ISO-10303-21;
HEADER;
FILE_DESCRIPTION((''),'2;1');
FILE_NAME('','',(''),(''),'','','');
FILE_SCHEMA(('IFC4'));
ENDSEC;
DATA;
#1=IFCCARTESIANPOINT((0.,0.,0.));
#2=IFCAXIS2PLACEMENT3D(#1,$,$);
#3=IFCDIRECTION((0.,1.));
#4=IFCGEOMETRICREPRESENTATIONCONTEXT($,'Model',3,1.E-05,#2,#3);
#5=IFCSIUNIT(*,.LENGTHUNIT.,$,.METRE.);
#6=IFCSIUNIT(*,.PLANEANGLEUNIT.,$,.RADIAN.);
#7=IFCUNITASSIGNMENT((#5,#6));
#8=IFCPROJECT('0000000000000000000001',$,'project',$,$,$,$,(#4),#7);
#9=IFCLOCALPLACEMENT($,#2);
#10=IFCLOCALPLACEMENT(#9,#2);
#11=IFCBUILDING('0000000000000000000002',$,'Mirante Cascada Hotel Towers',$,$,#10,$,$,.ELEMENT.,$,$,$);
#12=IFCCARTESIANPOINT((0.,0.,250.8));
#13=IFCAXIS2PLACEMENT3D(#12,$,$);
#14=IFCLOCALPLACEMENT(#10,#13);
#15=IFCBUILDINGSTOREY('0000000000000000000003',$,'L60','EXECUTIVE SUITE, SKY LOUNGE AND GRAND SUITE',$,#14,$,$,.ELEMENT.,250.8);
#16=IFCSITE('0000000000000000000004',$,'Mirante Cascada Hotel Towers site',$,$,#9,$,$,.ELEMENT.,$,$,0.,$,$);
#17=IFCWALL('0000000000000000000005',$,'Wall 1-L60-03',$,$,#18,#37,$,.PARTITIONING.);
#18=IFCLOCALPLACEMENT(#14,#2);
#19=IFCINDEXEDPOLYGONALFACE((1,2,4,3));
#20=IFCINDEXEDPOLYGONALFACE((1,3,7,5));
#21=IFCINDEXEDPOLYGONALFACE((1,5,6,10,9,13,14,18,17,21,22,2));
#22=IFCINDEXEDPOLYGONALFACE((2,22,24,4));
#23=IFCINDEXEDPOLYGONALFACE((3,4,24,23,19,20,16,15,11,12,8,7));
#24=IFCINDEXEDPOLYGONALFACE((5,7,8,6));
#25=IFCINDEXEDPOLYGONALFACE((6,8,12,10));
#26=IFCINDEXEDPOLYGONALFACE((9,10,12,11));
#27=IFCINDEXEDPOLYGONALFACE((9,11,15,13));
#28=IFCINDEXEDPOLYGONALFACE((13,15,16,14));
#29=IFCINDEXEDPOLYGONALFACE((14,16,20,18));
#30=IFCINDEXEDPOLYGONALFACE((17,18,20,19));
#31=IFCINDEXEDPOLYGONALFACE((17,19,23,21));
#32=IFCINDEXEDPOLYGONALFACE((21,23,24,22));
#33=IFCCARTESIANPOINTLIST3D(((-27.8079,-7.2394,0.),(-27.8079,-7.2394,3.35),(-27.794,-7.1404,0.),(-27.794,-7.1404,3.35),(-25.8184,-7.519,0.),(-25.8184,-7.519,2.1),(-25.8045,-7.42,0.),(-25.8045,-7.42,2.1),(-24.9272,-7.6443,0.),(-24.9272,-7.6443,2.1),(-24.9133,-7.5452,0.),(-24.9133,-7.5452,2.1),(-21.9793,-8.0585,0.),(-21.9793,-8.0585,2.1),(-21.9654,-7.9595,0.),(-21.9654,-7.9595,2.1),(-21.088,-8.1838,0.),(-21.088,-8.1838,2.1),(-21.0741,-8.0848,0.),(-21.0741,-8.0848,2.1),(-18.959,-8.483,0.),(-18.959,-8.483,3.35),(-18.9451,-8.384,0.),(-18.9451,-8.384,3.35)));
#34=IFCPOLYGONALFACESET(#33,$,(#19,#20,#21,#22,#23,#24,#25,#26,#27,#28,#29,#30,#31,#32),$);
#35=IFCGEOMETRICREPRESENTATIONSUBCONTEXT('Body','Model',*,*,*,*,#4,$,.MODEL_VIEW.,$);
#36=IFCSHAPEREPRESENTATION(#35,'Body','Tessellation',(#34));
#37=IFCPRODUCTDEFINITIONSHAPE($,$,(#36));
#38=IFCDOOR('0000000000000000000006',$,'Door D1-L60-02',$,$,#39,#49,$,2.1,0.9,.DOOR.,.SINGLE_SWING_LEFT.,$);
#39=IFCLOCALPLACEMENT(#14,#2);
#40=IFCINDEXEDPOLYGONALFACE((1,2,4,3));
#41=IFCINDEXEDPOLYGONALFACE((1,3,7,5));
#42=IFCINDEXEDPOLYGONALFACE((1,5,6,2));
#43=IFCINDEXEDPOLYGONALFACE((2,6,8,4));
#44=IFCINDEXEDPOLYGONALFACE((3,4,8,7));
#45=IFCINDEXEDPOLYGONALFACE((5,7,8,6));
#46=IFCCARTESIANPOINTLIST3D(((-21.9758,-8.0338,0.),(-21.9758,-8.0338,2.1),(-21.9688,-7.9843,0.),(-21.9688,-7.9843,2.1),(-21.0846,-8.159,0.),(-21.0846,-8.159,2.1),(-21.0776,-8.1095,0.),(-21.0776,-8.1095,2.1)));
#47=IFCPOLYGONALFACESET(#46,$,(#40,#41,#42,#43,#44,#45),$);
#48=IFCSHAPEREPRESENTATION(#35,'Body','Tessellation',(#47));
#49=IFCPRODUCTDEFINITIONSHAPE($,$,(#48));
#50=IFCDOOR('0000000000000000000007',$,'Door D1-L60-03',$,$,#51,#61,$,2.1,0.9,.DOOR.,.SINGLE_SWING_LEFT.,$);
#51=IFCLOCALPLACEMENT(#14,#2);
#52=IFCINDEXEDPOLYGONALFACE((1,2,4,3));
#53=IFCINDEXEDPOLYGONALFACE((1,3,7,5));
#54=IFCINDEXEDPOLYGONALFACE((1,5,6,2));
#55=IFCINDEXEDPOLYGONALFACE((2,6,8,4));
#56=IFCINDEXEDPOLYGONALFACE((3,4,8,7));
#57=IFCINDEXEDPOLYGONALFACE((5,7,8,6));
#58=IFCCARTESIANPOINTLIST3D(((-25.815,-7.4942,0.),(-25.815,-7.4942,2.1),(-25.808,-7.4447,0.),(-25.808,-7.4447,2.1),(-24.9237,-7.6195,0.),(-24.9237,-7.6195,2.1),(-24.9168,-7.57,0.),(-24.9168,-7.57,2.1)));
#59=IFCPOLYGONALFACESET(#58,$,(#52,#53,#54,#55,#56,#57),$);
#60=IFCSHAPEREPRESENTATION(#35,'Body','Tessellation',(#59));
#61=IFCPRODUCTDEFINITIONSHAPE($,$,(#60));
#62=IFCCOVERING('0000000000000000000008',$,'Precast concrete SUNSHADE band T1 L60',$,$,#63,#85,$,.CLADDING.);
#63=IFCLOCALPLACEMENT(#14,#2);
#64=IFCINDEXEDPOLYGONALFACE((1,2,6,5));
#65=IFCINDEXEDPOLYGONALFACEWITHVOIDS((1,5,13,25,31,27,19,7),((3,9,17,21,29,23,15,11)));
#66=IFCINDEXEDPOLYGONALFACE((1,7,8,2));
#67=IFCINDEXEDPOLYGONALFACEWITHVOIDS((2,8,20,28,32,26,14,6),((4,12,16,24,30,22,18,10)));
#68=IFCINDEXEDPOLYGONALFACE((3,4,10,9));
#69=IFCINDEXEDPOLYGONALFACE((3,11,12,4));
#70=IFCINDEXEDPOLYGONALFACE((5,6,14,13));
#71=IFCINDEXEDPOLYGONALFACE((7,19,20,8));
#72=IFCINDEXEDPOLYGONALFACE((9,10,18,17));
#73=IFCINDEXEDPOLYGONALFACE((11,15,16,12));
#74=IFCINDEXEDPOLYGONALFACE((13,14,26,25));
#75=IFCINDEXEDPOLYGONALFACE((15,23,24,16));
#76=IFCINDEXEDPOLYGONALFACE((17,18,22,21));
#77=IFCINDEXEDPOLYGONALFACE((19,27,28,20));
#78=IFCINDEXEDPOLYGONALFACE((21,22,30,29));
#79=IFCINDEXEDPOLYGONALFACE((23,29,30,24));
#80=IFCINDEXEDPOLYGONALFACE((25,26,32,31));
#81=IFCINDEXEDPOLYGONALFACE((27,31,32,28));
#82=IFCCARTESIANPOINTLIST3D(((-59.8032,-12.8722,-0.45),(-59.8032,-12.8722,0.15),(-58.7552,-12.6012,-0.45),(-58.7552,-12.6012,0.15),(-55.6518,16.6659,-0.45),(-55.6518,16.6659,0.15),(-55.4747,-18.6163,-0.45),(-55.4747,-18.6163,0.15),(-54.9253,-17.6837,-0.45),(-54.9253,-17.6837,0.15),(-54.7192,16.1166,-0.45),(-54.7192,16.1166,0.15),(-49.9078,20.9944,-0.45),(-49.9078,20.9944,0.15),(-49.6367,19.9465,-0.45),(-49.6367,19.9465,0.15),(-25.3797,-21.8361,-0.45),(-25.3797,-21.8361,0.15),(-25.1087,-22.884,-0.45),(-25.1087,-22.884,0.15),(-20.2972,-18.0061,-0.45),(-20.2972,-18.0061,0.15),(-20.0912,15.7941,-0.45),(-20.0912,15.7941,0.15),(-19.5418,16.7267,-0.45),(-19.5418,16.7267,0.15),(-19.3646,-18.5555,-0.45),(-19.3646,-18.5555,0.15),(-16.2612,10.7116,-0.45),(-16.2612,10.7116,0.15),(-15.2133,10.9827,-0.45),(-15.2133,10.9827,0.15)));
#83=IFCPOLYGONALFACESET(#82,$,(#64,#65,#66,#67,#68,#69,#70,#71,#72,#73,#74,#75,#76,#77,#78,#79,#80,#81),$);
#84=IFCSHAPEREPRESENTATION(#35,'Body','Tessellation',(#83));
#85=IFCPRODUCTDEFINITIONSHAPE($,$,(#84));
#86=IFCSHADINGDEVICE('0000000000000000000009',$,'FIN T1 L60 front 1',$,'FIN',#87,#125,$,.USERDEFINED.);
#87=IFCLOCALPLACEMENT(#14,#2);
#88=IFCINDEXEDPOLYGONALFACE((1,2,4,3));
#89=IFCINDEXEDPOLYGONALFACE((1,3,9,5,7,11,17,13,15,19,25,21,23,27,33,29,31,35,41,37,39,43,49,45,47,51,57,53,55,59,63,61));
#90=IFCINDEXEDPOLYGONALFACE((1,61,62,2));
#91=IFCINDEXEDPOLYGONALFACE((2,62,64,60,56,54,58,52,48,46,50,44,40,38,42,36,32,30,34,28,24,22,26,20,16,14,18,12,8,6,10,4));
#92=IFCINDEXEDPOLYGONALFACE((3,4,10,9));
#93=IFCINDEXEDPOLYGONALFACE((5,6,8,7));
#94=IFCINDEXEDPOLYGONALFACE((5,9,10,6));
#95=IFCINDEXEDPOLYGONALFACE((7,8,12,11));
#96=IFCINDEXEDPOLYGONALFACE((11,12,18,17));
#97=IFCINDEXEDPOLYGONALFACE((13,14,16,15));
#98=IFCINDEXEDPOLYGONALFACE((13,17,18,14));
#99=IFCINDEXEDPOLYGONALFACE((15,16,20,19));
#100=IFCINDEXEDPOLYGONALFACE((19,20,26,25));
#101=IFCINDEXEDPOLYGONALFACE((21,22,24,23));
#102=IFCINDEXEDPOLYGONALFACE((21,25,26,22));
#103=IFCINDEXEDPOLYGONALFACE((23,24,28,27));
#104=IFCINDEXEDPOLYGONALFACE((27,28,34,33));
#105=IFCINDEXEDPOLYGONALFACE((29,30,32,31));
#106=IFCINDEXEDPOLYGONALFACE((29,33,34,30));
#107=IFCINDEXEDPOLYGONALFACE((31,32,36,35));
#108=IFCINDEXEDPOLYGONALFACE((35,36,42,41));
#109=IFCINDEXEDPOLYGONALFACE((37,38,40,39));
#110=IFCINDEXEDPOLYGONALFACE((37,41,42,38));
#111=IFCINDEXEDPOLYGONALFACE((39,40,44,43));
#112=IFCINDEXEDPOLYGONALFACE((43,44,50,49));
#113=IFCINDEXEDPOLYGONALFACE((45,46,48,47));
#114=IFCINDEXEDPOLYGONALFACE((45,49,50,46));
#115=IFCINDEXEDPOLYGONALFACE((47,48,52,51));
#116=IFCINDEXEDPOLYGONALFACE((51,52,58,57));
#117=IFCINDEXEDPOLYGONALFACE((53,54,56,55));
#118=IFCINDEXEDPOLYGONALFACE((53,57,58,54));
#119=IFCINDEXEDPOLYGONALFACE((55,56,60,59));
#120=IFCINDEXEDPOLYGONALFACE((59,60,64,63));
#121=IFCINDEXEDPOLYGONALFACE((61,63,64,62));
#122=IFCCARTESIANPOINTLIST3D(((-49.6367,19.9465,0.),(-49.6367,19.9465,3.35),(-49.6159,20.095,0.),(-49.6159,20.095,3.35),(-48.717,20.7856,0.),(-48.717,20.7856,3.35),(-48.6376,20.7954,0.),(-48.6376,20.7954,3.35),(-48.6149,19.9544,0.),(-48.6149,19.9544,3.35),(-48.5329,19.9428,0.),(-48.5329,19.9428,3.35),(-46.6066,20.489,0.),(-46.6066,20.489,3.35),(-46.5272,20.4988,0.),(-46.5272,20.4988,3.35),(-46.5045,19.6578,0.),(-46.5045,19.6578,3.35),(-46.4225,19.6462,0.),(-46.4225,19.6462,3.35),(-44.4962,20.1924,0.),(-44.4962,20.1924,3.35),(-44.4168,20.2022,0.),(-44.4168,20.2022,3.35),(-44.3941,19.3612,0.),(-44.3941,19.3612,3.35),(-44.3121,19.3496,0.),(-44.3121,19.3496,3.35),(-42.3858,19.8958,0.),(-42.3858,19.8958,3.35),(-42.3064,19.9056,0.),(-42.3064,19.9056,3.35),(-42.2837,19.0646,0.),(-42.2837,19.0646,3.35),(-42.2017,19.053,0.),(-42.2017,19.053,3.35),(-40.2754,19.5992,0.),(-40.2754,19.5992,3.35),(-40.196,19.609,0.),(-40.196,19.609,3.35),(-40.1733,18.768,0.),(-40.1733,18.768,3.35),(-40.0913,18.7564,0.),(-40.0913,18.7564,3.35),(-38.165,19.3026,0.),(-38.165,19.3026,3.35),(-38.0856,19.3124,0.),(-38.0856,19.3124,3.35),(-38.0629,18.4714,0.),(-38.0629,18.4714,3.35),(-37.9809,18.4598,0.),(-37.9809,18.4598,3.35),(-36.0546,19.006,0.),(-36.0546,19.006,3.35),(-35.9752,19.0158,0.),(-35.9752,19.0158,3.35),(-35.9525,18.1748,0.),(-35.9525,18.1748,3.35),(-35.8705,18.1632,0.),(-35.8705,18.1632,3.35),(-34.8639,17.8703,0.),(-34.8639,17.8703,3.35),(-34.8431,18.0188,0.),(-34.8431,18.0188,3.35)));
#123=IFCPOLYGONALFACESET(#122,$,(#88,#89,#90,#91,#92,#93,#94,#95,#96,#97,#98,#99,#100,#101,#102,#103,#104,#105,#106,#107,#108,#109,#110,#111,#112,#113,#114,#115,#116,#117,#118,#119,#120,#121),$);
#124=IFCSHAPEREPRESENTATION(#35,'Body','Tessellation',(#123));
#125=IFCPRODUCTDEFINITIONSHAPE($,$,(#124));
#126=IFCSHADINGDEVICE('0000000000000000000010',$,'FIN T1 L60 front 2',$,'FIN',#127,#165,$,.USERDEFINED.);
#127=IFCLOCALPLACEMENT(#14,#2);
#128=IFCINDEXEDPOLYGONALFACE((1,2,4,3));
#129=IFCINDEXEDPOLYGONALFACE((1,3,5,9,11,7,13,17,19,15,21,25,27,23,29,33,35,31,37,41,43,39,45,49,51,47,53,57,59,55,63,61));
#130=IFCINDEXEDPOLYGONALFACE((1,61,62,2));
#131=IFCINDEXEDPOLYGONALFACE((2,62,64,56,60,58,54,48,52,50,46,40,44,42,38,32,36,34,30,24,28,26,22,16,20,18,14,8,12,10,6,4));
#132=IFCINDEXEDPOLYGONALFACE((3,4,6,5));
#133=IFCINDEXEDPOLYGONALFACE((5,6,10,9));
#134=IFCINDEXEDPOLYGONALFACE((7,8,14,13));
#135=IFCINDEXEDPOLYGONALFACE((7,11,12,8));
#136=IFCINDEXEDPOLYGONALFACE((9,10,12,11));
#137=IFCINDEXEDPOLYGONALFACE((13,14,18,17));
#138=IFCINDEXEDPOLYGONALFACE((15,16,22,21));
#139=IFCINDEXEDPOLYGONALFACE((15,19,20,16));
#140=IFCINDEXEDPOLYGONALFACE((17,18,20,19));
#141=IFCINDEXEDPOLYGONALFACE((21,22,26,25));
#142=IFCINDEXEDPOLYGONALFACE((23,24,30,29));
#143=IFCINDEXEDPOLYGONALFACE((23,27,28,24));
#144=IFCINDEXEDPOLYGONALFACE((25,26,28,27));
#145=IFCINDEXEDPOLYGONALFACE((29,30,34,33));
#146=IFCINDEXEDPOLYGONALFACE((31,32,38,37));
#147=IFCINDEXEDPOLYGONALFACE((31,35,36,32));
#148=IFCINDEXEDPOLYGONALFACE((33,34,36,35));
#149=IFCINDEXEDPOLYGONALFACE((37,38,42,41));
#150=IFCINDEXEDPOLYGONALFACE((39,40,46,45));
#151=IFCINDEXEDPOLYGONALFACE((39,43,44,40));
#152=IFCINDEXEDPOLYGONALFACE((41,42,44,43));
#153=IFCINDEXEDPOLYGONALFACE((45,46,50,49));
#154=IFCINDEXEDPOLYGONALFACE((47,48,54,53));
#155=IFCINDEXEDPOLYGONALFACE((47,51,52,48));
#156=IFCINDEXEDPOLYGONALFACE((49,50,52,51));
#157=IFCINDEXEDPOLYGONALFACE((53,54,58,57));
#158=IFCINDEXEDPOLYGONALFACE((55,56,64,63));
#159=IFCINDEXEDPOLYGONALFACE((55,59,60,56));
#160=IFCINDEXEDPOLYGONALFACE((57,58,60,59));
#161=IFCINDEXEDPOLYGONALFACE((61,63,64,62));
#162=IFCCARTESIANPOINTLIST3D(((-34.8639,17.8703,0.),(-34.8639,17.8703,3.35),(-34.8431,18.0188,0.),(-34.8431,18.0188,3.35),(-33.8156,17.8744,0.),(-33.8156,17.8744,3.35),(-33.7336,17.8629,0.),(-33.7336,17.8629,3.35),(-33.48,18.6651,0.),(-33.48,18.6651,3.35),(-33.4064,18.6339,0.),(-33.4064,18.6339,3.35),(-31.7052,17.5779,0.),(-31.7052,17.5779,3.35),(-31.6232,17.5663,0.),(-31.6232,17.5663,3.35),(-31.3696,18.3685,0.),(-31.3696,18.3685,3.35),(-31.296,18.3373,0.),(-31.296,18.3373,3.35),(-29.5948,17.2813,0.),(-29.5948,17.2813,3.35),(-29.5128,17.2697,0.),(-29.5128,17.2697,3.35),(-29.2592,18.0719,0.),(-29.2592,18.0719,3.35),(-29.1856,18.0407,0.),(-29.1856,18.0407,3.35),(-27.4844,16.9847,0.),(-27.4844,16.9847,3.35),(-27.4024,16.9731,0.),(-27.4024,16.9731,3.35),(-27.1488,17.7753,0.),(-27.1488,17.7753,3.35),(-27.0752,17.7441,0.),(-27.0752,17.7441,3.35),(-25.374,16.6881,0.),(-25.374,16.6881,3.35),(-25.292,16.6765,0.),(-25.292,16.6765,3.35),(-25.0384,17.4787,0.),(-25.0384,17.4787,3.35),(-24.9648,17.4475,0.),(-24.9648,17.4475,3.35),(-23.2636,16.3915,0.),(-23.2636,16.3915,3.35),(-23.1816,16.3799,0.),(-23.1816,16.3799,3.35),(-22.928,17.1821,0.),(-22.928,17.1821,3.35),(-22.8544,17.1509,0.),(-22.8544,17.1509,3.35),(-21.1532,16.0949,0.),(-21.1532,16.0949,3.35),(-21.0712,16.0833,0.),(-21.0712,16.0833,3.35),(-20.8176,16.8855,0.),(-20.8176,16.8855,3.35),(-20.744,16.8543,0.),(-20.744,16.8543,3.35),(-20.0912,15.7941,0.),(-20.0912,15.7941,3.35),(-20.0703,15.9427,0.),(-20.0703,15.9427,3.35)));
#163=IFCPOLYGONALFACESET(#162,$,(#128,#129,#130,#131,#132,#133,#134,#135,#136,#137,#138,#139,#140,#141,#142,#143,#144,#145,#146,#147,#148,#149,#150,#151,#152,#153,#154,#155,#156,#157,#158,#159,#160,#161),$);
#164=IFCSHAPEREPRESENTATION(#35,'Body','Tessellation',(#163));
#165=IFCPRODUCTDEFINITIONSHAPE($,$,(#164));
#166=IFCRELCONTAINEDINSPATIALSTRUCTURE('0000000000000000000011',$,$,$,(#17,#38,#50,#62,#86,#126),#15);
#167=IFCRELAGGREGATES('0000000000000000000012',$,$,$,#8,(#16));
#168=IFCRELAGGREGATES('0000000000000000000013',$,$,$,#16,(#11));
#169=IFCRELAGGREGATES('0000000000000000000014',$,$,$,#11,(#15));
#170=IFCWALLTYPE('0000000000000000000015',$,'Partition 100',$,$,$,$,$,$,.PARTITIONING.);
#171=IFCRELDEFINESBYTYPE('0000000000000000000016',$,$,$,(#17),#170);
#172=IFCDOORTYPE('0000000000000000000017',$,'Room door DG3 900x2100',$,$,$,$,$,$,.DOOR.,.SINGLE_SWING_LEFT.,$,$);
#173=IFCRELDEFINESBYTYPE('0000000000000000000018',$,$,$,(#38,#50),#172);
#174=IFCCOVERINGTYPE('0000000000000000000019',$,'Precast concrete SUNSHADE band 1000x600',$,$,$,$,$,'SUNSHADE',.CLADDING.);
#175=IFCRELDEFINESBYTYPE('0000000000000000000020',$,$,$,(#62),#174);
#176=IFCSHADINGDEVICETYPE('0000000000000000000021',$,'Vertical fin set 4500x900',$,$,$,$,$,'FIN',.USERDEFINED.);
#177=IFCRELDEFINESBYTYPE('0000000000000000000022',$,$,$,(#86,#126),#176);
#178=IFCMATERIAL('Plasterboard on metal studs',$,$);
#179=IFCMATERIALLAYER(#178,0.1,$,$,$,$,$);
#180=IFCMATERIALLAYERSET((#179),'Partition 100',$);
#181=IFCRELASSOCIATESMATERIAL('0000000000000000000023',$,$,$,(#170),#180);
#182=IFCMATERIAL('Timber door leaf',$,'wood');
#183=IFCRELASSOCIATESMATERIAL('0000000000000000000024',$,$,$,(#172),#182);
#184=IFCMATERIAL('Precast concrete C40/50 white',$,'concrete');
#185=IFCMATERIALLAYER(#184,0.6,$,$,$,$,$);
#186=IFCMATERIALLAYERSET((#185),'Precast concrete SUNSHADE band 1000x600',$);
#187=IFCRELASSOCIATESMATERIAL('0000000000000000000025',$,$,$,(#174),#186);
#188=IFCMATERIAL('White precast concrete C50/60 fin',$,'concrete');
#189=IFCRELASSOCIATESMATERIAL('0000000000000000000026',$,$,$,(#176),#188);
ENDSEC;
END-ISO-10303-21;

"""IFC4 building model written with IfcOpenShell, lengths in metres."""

from ifc_helpers import new_model, si_unit, direction, frame, frame_2d, origin, place, context, subcontext, project, spatial, polyline, rectangle, outline, extrude, material, layer, layer_set, type_object, element, fill, save


model = new_model("IFC4")

# Units and contexts
model_context = context("Model", 3, precision=1e-05, world=origin(), true_north=direction((0.0, 1.0)))
body_context = subcontext(model_context, "Body", "Model", "MODEL_VIEW")
ifc_project = project(units=[si_unit("LENGTHUNIT", "METRE"), si_unit("PLANEANGLEUNIT", "RADIAN")], contexts=[model_context])

# Site, building, storey
site_placement = place(None, origin())
site = spatial("IfcSite", under=ifc_project, at=site_placement, Name="Mirante Cascada Hotel Towers site", CompositionType="ELEMENT", RefElevation=0.0)
building_placement = place(site_placement, origin())
building = spatial("IfcBuilding", under=site, at=building_placement, Name="Mirante Cascada Hotel Towers", CompositionType="ELEMENT")
storey_placement = place(building_placement, frame((0.0, 0.0, 250.8)))
storey = spatial("IfcBuildingStorey", under=building, at=storey_placement, Name="L60", Description="EXECUTIVE SUITE, SKY LOUNGE AND GRAND SUITE", CompositionType="ELEMENT", Elevation=250.8)

# Shared definitions
ifc_material_1 = material(Name="Plasterboard on metal studs")
ifc_layer_1 = layer(ifc_material_1, 0.1)
ifc_layer_set_1 = layer_set([ifc_layer_1], Name="Partition 100")
wall_type_1 = type_object("IfcWallType", Name="Partition 100", PredefinedType="PARTITIONING", material=ifc_layer_set_1)

# Wall, openings, doors
wall_1_placement = place(storey_placement, frame((-18.952, -8.4335, 0.0), z_axis=(0.0, 0.0, 1.0), x_axis=(-0.990269, 0.13917, 0.0)))
wall_1 = element("IfcWall", 1, at=wall_1_placement, inside=storey, type_object=wall_type_1, Name="Wall 1-L60-03", PredefinedType="PARTITIONING", context=body_context, shape_type="SweptSolid", body=[
    extrude(rectangle(XDim=8.9359, YDim=0.1, at=frame_2d((4.468, 0.0))), origin(), (0.0, 0.0, 1.0), 3.35),
])
opening_1_placement = place(wall_1_placement, frame((2.15, 0.0, 0.0)))
opening_1 = element("IfcOpeningElement", 2, at=opening_1_placement, cuts=wall_1, PredefinedType="OPENING", context=body_context, shape_type="SweptSolid", body=[
    extrude(rectangle(XDim=0.9, YDim=2.1, at=frame_2d((0.45, 1.05))), frame((0.0, 0.05, 0.0), z_axis=(0.0, -1.0, 0.0), x_axis=(1.0, 0.0, 0.0)), (0.0, 0.0, 1.0), 0.1),
])
opening_2_placement = place(wall_1_placement, frame((6.0269, 0.0, 0.0)))
opening_2 = element("IfcOpeningElement", 3, at=opening_2_placement, cuts=wall_1, PredefinedType="OPENING", context=body_context, shape_type="SweptSolid", body=[
    extrude(rectangle(XDim=0.9, YDim=2.1, at=frame_2d((0.45, 1.05))), frame((0.0, 0.05, 0.0), z_axis=(0.0, -1.0, 0.0), x_axis=(1.0, 0.0, 0.0)), (0.0, 0.0, 1.0), 0.1),
])
ifc_material_2 = material(Name="Timber door leaf", Category="wood")
door_type = type_object("IfcDoorType", Name="Room door DG3 900x2100", OperationType="SINGLE_SWING_LEFT", PredefinedType="DOOR", material=ifc_material_2)
door_1_placement = place(opening_1_placement, origin())
door_1 = element("IfcDoor", 4, at=door_1_placement, inside=storey, type_object=door_type, Name="Door D1-L60-02", OperationType="SINGLE_SWING_LEFT", OverallHeight=2.1, OverallWidth=0.9, PredefinedType="DOOR", context=body_context, shape_type="SweptSolid", body=[
    extrude(rectangle(XDim=0.9, YDim=2.1, at=frame_2d((0.45, 1.05))), frame((0.0, 0.025, 0.0), z_axis=(0.0, -1.0, 0.0), x_axis=(1.0, 0.0, 0.0)), (0.0, 0.0, 1.0), 0.05),
])
fill(opening_1, door_1)
door_2_placement = place(opening_2_placement, origin())
door_2 = element("IfcDoor", 5, at=door_2_placement, inside=storey, type_object=door_type, Name="Door D1-L60-03", OperationType="SINGLE_SWING_LEFT", OverallHeight=2.1, OverallWidth=0.9, PredefinedType="DOOR", context=body_context, shape_type="SweptSolid", body=[
    extrude(rectangle(XDim=0.9, YDim=2.1, at=frame_2d((0.45, 1.05))), frame((0.0, 0.025, 0.0), z_axis=(0.0, -1.0, 0.0), x_axis=(1.0, 0.0, 0.0)), (0.0, 0.0, 1.0), 0.05),
])
fill(opening_2, door_2)

# Covering
ifc_material_3 = material(Name="Precast concrete C40/50 white", Category="concrete")
ifc_layer_2 = layer(ifc_material_3, 0.6)
ifc_layer_set_2 = layer_set([ifc_layer_2], Name="Precast concrete SUNSHADE band 1000x600")
covering_type = type_object("IfcCoveringType", Name="Precast concrete SUNSHADE band 1000x600", ElementType="SUNSHADE", PredefinedType="CLADDING", material=ifc_layer_set_2)
covering_placement = place(storey_placement, frame((0.0, 0.0, -0.45)))
element("IfcCovering", 6, at=covering_placement, inside=storey, type_object=covering_type, Name="Precast concrete SUNSHADE band T1 L60", PredefinedType="CLADDING", context=body_context, shape_type="SweptSolid", body=[
    extrude(outline(polyline([(-59.8032, -12.8722), (-55.6518, 16.6659), (-49.9078, 20.9944), (-19.5418, 16.7267), (-15.2133, 10.9827), (-19.3646, -18.5555), (-25.1087, -22.884), (-55.4747, -18.6163), (-59.8032, -12.8722)]), holes=[polyline([(-16.2612, 10.7116), (-20.0912, 15.7941), (-49.6367, 19.9465), (-54.7192, 16.1166), (-58.7552, -12.6012), (-54.9253, -17.6837), (-25.3797, -21.8361), (-20.2972, -18.0061), (-16.2612, 10.7116)])]), origin(), (0.0, 0.0, 1.0), 0.6),
])

# Shading devices
ifc_material_4 = material(Name="White precast concrete C50/60 fin", Category="concrete")
shading_device_type = type_object("IfcShadingDeviceType", Name="Vertical fin set 4500x900", ElementType="FIN", PredefinedType="USERDEFINED", material=ifc_material_4)
shading_device_1_placement = place(storey_placement, origin())
element("IfcShadingDevice", 7, at=shading_device_1_placement, inside=storey, type_object=shading_device_type, Name="FIN T1 L60 front 1", ObjectType="FIN", PredefinedType="USERDEFINED", context=body_context, shape_type="SweptSolid", body=[
    extrude(outline(polyline([(-35.8705, 18.1632), (-34.8431, 18.0188), (-34.8639, 17.8703), (-49.6367, 19.9465), (-49.6159, 20.095), (-48.6149, 19.9544), (-48.717, 20.7856), (-48.6376, 20.7954), (-48.5329, 19.9428), (-46.5045, 19.6578), (-46.6066, 20.489), (-46.5272, 20.4988), (-46.4225, 19.6462), (-44.3941, 19.3612), (-44.4962, 20.1924), (-44.4168, 20.2022), (-44.3121, 19.3496), (-42.2837, 19.0646), (-42.3858, 19.8958), (-42.3064, 19.9056), (-42.2017, 19.053), (-40.1733, 18.768), (-40.2754, 19.5992), (-40.196, 19.609), (-40.0913, 18.7564), (-38.0629, 18.4714), (-38.165, 19.3026), (-38.0856, 19.3124), (-37.9809, 18.4598), (-35.9525, 18.1748), (-36.0546, 19.006), (-35.9752, 19.0158), (-35.8705, 18.1632)])), origin(), (0.0, 0.0, 1.0), 3.35),
])
shading_device_2_placement = place(storey_placement, origin())
element("IfcShadingDevice", 8, at=shading_device_2_placement, inside=storey, type_object=shading_device_type, Name="FIN T1 L60 front 2", ObjectType="FIN", PredefinedType="USERDEFINED", context=body_context, shape_type="SweptSolid", body=[
    extrude(outline(polyline([(-21.0712, 16.0833), (-20.0703, 15.9427), (-20.0912, 15.7941), (-34.8639, 17.8703), (-34.8431, 18.0188), (-33.8156, 17.8744), (-33.48, 18.6651), (-33.4064, 18.6339), (-33.7336, 17.8629), (-31.7052, 17.5779), (-31.3696, 18.3685), (-31.296, 18.3373), (-31.6232, 17.5663), (-29.5948, 17.2813), (-29.2592, 18.0719), (-29.1856, 18.0407), (-29.5128, 17.2697), (-27.4844, 16.9847), (-27.1488, 17.7753), (-27.0752, 17.7441), (-27.4024, 16.9731), (-25.374, 16.6881), (-25.0384, 17.4787), (-24.9648, 17.4475), (-25.292, 16.6765), (-23.2636, 16.3915), (-22.928, 17.1821), (-22.8544, 17.1509), (-23.1816, 16.3799), (-21.1532, 16.0949), (-20.8176, 16.8855), (-20.744, 16.8543), (-21.0712, 16.0833)])), origin(), (0.0, 0.0, 1.0), 3.35),
])

save(model, "model.ifc")
